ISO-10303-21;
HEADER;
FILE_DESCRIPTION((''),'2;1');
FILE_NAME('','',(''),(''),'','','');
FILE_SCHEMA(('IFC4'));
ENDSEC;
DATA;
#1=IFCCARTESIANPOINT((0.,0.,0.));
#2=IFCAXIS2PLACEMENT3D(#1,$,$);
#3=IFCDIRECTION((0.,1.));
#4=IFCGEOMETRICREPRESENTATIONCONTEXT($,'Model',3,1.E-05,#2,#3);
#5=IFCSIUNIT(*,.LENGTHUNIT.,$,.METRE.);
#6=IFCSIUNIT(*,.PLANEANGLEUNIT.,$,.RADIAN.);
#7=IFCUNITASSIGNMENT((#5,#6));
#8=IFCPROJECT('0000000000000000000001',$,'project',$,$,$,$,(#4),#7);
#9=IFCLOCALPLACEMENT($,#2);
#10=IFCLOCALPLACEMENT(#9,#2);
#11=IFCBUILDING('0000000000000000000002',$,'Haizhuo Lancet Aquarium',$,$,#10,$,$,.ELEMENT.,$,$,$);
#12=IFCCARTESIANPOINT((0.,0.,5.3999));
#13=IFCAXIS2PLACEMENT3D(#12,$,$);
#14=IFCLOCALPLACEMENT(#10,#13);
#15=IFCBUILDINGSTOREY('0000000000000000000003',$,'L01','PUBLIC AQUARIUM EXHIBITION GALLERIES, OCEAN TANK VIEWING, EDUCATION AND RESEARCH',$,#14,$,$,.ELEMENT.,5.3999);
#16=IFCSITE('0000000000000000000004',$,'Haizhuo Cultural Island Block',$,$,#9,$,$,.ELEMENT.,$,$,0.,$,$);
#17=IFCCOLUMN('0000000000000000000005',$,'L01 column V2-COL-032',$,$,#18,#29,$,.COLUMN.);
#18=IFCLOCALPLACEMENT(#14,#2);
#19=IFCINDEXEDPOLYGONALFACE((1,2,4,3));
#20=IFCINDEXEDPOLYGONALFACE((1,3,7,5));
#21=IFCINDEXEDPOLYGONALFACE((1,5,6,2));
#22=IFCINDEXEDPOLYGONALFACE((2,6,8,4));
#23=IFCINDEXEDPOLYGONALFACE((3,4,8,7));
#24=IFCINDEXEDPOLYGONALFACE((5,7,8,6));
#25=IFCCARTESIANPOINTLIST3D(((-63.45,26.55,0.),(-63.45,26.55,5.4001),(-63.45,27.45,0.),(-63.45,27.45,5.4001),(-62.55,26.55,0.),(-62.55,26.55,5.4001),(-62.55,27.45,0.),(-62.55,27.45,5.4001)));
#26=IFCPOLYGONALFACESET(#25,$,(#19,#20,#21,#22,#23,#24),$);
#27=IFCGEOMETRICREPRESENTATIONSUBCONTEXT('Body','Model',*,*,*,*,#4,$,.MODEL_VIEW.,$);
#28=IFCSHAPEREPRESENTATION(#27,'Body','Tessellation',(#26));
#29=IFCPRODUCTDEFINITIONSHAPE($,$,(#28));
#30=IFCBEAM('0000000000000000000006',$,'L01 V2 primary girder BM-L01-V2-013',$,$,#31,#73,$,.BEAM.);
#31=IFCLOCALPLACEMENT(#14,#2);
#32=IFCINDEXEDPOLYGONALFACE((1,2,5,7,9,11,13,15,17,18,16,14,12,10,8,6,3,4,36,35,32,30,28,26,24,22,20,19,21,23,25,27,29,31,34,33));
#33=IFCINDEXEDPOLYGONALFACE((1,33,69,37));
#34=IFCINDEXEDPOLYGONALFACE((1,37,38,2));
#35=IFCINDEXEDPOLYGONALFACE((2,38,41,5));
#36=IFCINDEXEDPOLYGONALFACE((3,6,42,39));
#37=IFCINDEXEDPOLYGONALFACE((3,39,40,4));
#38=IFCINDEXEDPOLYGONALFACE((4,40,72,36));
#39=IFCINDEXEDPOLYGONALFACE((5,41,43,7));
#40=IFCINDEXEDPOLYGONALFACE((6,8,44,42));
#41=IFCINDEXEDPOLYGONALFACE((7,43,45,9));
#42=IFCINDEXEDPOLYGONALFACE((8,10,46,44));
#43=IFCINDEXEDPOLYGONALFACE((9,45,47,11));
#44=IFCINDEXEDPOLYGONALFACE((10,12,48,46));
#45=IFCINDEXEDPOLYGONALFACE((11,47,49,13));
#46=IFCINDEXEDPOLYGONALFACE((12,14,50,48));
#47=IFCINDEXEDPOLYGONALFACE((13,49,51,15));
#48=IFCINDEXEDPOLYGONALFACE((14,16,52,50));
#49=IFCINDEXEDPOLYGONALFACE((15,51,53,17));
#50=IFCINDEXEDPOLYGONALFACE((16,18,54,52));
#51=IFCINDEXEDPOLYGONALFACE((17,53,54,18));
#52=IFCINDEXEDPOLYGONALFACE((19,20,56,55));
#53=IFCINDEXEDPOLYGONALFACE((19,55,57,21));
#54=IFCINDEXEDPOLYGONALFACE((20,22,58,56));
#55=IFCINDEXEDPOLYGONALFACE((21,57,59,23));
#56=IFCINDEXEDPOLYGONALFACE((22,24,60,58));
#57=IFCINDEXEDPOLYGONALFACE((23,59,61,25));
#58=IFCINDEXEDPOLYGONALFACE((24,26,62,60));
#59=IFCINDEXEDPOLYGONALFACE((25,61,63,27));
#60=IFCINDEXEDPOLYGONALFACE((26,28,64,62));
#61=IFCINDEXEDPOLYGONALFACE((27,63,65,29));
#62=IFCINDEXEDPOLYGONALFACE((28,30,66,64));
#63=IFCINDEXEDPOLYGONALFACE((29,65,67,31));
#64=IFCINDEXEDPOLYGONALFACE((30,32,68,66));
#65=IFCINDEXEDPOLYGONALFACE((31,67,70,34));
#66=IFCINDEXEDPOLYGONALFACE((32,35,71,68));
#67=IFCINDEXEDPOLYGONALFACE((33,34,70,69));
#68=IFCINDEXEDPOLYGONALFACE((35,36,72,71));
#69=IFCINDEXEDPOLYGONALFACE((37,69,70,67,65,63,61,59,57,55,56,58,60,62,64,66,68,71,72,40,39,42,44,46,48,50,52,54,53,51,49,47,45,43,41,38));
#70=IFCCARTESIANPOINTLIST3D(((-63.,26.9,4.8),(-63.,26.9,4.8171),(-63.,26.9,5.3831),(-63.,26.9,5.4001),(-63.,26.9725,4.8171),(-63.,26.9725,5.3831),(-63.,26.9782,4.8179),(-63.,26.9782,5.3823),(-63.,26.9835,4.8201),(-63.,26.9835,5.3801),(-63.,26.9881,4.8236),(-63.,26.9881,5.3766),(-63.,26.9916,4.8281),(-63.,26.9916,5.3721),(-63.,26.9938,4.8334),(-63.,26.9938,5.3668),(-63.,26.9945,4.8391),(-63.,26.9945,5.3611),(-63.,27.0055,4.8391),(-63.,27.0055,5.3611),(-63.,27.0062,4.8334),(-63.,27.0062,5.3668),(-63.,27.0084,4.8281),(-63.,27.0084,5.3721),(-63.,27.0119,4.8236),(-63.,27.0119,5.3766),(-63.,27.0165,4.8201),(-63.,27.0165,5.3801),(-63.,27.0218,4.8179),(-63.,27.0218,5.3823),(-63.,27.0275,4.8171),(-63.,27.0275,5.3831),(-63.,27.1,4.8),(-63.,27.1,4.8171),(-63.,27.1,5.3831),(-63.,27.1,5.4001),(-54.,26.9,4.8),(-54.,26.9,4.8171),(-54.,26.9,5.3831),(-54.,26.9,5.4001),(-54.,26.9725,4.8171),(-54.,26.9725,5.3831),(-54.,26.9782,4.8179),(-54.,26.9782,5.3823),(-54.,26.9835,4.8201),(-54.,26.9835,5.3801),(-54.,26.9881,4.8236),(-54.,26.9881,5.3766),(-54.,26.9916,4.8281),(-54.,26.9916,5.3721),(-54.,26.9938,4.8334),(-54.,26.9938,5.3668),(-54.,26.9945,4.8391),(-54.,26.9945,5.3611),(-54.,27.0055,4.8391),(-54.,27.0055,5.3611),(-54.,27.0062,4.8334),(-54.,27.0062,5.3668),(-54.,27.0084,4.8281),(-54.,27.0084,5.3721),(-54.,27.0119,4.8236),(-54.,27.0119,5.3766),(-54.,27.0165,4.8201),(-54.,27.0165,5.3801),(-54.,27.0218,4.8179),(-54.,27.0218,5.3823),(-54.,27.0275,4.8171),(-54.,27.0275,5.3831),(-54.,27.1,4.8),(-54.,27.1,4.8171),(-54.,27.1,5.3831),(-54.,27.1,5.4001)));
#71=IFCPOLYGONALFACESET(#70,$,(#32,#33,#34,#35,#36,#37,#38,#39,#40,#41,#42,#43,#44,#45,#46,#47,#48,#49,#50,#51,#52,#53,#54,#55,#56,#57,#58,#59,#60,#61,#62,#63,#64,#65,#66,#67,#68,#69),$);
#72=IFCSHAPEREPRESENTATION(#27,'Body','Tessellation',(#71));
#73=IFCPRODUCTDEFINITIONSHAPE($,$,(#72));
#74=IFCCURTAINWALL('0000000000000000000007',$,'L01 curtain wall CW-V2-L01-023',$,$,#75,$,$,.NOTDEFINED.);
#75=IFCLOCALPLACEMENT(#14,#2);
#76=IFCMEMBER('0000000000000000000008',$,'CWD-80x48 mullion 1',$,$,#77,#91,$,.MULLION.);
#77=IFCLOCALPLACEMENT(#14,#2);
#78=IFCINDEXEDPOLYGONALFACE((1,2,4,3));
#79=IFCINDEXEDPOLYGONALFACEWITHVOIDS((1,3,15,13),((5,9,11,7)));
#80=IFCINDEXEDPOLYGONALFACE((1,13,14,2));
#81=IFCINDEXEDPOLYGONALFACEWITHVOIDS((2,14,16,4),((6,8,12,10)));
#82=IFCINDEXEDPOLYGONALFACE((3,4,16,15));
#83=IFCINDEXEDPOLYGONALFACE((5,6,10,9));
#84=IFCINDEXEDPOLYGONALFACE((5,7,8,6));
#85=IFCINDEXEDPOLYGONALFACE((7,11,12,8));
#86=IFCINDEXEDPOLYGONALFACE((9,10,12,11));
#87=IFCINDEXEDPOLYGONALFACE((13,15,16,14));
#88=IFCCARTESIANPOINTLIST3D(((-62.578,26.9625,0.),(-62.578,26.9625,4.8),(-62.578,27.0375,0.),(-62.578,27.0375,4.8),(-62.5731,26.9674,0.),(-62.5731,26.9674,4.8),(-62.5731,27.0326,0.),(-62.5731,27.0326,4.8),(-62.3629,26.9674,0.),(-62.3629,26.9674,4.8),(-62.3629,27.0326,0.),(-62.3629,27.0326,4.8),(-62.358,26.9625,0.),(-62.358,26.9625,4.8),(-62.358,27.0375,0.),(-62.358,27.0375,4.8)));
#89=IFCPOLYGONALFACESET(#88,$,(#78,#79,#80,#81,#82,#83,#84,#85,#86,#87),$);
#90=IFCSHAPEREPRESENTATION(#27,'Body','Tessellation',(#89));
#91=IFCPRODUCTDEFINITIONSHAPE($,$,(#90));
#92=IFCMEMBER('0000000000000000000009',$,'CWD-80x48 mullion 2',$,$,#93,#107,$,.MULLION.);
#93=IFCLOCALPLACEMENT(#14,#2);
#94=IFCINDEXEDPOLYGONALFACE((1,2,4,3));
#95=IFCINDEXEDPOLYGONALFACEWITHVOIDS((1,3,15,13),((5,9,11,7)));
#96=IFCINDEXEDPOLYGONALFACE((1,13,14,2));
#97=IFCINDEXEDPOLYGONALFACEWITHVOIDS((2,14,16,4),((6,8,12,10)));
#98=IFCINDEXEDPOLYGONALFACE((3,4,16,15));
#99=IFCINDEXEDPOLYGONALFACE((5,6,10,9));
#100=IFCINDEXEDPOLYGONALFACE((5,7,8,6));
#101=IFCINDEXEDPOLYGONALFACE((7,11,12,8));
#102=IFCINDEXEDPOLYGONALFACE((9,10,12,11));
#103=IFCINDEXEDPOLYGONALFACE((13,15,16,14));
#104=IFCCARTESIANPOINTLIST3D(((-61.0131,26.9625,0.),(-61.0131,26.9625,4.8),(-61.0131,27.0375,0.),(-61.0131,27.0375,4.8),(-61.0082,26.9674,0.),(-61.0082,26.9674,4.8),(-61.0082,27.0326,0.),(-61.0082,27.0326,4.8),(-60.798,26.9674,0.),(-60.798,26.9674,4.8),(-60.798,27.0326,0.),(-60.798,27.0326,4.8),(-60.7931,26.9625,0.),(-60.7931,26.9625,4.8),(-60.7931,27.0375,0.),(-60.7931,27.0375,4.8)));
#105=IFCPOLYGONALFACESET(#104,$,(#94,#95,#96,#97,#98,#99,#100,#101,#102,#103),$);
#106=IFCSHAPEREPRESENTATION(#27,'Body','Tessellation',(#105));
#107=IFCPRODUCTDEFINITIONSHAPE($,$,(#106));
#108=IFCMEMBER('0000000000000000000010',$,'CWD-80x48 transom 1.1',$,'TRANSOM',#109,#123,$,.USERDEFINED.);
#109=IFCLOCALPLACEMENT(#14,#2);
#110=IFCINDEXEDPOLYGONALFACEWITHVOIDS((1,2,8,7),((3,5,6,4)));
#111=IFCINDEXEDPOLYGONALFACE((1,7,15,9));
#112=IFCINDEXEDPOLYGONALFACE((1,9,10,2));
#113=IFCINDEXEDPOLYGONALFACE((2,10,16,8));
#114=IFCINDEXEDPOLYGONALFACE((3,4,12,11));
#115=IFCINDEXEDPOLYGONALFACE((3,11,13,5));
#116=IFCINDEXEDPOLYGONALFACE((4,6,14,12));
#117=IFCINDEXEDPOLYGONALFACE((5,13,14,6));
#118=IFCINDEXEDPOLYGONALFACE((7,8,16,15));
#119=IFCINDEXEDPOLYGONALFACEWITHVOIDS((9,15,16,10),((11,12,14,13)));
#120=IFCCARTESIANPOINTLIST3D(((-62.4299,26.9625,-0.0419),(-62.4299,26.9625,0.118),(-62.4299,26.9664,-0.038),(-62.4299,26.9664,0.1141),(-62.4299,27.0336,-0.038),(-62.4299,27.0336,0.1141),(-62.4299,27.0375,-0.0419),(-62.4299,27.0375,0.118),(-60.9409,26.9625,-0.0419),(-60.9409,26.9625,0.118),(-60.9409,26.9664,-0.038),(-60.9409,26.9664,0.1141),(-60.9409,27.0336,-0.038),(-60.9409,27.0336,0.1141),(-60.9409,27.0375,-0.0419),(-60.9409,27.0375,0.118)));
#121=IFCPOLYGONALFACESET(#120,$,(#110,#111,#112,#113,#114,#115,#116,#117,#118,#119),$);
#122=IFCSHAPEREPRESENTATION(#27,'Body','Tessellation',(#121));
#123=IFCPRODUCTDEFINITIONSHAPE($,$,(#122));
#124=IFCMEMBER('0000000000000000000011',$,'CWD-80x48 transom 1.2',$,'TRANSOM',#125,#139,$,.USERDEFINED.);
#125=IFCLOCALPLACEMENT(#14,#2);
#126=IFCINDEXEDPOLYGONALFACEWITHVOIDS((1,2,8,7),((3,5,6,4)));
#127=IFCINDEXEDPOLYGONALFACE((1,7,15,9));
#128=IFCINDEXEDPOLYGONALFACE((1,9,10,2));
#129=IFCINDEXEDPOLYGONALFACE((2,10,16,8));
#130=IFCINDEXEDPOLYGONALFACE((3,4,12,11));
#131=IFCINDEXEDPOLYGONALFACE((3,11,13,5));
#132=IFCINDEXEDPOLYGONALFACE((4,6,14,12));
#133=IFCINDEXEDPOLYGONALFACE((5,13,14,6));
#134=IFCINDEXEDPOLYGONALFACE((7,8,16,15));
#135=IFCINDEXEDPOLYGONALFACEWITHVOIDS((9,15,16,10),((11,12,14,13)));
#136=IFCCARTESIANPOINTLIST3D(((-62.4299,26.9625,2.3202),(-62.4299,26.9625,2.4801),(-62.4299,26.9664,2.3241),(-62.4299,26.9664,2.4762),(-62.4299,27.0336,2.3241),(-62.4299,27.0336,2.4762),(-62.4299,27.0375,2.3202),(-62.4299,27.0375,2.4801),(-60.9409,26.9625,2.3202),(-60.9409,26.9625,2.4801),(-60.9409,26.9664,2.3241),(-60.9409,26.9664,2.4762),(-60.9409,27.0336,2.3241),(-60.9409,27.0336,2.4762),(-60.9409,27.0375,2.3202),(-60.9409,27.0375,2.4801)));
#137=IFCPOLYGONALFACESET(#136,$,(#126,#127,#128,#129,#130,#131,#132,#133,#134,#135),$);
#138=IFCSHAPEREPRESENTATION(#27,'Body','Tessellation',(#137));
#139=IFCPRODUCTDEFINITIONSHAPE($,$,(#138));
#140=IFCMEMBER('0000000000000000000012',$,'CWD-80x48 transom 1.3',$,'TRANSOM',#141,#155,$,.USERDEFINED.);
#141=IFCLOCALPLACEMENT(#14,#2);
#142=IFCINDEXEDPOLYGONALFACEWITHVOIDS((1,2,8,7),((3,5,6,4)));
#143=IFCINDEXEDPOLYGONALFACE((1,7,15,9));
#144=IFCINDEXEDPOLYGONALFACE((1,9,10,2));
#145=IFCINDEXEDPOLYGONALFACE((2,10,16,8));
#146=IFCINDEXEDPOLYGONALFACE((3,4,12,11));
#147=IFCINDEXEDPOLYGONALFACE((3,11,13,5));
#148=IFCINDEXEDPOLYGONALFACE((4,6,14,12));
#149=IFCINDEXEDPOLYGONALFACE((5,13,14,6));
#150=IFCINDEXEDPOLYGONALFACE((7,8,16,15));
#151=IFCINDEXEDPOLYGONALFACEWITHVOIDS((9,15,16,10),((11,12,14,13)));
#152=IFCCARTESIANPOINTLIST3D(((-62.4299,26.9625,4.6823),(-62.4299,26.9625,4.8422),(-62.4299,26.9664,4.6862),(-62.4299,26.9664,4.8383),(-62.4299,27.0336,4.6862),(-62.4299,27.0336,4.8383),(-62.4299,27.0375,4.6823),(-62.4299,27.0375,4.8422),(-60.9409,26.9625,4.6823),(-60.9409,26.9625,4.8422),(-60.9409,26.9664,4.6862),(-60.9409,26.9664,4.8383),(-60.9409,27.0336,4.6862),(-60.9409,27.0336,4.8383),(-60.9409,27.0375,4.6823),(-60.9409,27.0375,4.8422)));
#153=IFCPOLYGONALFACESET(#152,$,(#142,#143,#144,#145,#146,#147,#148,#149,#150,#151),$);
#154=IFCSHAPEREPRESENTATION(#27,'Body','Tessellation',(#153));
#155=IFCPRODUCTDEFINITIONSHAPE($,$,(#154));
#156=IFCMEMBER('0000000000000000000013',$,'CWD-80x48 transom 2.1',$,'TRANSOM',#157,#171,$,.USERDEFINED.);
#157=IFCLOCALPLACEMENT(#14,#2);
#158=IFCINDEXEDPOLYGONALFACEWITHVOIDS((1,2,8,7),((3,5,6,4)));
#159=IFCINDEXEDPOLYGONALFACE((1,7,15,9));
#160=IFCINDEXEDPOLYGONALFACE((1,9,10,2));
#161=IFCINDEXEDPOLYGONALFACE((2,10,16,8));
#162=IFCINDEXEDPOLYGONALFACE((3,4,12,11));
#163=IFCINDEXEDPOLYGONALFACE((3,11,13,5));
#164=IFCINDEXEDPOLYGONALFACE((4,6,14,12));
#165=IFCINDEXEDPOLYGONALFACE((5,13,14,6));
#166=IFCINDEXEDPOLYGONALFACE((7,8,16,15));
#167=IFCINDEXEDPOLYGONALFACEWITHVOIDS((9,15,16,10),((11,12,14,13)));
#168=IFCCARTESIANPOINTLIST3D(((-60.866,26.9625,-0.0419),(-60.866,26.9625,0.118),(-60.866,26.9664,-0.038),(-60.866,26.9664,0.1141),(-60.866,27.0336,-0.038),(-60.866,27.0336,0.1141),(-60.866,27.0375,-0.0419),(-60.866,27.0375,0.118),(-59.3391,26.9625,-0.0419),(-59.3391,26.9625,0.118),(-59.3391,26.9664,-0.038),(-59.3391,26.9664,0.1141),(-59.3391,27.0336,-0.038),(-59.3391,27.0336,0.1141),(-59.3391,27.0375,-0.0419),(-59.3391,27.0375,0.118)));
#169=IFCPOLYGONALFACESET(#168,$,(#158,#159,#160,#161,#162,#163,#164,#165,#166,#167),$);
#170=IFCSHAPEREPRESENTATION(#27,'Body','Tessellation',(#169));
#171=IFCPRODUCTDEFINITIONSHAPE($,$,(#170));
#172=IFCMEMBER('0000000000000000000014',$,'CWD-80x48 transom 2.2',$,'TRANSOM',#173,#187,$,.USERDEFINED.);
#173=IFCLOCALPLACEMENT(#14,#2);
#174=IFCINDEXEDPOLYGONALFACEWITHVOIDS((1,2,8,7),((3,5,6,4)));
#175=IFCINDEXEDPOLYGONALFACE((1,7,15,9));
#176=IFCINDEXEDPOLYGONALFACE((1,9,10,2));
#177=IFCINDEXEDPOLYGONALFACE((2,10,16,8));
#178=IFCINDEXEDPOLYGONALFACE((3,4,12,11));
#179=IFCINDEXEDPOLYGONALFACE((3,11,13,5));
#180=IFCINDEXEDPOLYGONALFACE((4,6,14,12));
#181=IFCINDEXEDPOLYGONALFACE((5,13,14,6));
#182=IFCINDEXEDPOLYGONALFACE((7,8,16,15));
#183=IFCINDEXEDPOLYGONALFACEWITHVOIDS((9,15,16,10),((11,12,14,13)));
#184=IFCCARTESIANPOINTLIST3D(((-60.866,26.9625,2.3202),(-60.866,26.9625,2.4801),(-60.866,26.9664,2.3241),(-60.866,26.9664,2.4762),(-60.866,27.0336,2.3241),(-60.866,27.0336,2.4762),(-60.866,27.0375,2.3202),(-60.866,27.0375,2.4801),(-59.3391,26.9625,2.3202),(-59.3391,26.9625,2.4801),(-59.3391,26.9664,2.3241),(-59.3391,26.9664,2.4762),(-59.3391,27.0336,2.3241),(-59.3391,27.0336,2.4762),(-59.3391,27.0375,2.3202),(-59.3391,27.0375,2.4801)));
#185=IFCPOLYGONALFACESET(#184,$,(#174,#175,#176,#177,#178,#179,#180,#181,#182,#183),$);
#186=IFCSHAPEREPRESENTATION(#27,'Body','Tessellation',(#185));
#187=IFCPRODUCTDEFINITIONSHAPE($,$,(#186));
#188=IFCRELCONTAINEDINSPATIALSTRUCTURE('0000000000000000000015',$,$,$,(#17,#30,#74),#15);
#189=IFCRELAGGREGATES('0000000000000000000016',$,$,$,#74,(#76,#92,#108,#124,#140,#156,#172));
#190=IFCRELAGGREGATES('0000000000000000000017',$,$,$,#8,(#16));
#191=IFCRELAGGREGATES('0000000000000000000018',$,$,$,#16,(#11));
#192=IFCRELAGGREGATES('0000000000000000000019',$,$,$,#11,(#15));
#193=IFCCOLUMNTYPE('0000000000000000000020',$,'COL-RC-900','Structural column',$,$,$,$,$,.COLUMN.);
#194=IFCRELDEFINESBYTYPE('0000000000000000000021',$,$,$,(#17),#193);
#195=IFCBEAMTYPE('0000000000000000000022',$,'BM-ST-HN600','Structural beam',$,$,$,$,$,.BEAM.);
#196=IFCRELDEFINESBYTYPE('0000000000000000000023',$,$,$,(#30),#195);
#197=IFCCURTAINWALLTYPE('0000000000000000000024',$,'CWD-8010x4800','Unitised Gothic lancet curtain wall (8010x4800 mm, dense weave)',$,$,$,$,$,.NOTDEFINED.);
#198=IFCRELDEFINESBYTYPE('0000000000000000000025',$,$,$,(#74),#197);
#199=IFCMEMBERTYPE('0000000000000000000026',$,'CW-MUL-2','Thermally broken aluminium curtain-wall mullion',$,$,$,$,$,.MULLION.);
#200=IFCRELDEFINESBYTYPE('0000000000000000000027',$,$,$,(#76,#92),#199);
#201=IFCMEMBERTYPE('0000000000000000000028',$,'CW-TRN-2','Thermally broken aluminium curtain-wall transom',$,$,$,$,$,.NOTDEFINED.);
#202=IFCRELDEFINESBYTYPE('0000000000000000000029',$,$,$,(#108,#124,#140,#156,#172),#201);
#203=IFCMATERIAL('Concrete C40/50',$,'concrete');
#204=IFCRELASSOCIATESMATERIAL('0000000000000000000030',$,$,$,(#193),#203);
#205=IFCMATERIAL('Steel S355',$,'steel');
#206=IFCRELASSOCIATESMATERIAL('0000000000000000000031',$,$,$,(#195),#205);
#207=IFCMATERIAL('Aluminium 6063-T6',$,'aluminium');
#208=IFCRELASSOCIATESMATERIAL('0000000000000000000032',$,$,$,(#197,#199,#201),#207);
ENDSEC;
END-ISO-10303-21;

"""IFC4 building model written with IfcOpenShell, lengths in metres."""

from ifc_helpers import new_model, si_unit, direction, frame, origin, origin_2d, place, context, subcontext, project, spatial, rectangle, hollow_rectangle, i_section, extrude, material, material_profile, profile_set, type_object, element, aggregate, save


model = new_model("IFC4")

# Units and contexts
model_context = context("Model", 3, precision=1e-05, world=origin(), true_north=direction((0.0, 1.0)))
body_context = subcontext(model_context, "Body", "Model", "MODEL_VIEW")
ifc_project = project(units=[si_unit("LENGTHUNIT", "METRE"), si_unit("PLANEANGLEUNIT", "RADIAN")], contexts=[model_context])

# Site, building, storey
site_placement = place(None, origin())
site = spatial("IfcSite", under=ifc_project, at=site_placement, Name="Haizhuo Cultural Island Block", CompositionType="ELEMENT", RefElevation=0.0)
building_placement = place(site_placement, origin())
building = spatial("IfcBuilding", under=site, at=building_placement, Name="Haizhuo Lancet Aquarium", CompositionType="ELEMENT")
storey_placement = place(building_placement, frame((0.0, 0.0, 5.3999)))
storey = spatial("IfcBuildingStorey", under=building, at=storey_placement, Name="L01", Description="PUBLIC AQUARIUM EXHIBITION GALLERIES, OCEAN TANK VIEWING, EDUCATION AND RESEARCH", CompositionType="ELEMENT", Elevation=5.3999)

# Column
ifc_material_1 = material(Name="Concrete C40/50", Category="concrete")
ifc_material_profile_1 = material_profile(ifc_material_1, rectangle(XDim=0.8999, YDim=0.8999, at=origin_2d()), Name="RC-COL 900x900")
ifc_profile_set_1 = profile_set([ifc_material_profile_1], Name="Concrete C40/50")
column_type = type_object("IfcColumnType", Name="COL-RC-900", Description="Structural column", PredefinedType="COLUMN", material=ifc_profile_set_1)
column_placement = place(storey_placement, frame((-63.0, 27.0, 0.0), z_axis=(0.0, 0.0, 1.0), x_axis=(1.0, 0.0, 0.0)))
element("IfcColumn", 1, at=column_placement, inside=storey, type_object=column_type, Name="L01 column V2-COL-032", PredefinedType="COLUMN", context=body_context, shape_type="SweptSolid", body=[
    extrude(rectangle(XDim=0.8999, YDim=0.8999, at=origin_2d()), origin(), (0.0, 0.0, 1.0), 5.4001),
])

# Beam
ifc_material_2 = material(Name="Steel S355", Category="steel")
ifc_material_profile_2 = material_profile(ifc_material_2, i_section(OverallWidth=0.2, OverallDepth=0.6001, WebThickness=0.011, FlangeThickness=0.0171, FilletRadius=0.022, at=origin_2d()), Name="HN 600x200x11x17")
ifc_profile_set_2 = profile_set([ifc_material_profile_2], Name="Steel S355")
beam_type = type_object("IfcBeamType", Name="BM-ST-HN600", Description="Structural beam", PredefinedType="BEAM", material=ifc_profile_set_2)
beam_placement = place(storey_placement, frame((-63.0, 27.0, 5.1001), z_axis=(1.0, 0.0, 0.0), x_axis=(0.0, 1.0, 0.0)))
element("IfcBeam", 2, at=beam_placement, inside=storey, type_object=beam_type, Name="L01 V2 primary girder BM-L01-V2-013", PredefinedType="BEAM", context=body_context, shape_type="SweptSolid", body=[
    extrude(i_section(OverallWidth=0.2, OverallDepth=0.6001, WebThickness=0.011, FlangeThickness=0.0171, FilletRadius=0.022, at=origin_2d()), origin(), (0.0, 0.0, 1.0), 9.0),
])

# Curtain wall, members
ifc_material_3 = material(Name="Aluminium 6063-T6", Category="aluminium")
curtain_wall_type = type_object("IfcCurtainWallType", Name="CWD-8010x4800", Description="Unitised Gothic lancet curtain wall (8010x4800 mm, dense weave)", PredefinedType="NOTDEFINED", material=ifc_material_3)
curtain_wall_placement = place(storey_placement, origin())
curtain_wall = element("IfcCurtainWall", 3, at=curtain_wall_placement, inside=storey, type_object=curtain_wall_type, Name="L01 curtain wall CW-V2-L01-023", PredefinedType="NOTDEFINED")
ifc_material_profile_3 = material_profile(ifc_material_3, hollow_rectangle(XDim=0.075, YDim=0.22, WallThickness=0.0049, at=origin_2d()), Name="ALU-M 75x220x5")
ifc_profile_set_3 = profile_set([ifc_material_profile_3], Name="Aluminium 6063-T6")
member_type_1 = type_object("IfcMemberType", Name="CW-MUL-2", Description="Thermally broken aluminium curtain-wall mullion", PredefinedType="MULLION", material=ifc_profile_set_3)
member_1_placement = place(storey_placement, frame((-62.468, 27.0, 0.0), z_axis=(0.0, 0.0, 1.0), x_axis=(0.0, 1.0, 0.0)))
member_1 = element("IfcMember", 4, at=member_1_placement, type_object=member_type_1, Name="CWD-80x48 mullion 1", PredefinedType="MULLION", context=body_context, shape_type="SweptSolid", body=[
    extrude(hollow_rectangle(XDim=0.075, YDim=0.22, WallThickness=0.0049, at=origin_2d()), origin(), (0.0, 0.0, 1.0), 4.8),
])
member_2_placement = place(storey_placement, frame((-60.9031, 27.0, 0.0), z_axis=(0.0, 0.0, 1.0), x_axis=(0.0, 1.0, 0.0)))
member_2 = element("IfcMember", 5, at=member_2_placement, type_object=member_type_1, Name="CWD-80x48 mullion 2", PredefinedType="MULLION", context=body_context, shape_type="SweptSolid", body=[
    extrude(hollow_rectangle(XDim=0.075, YDim=0.22, WallThickness=0.0049, at=origin_2d()), origin(), (0.0, 0.0, 1.0), 4.8),
])
ifc_material_profile_4 = material_profile(ifc_material_3, hollow_rectangle(XDim=0.075, YDim=0.1599, WallThickness=0.0039, at=origin_2d()), Name="ALU-T 75x160x4")
ifc_profile_set_4 = profile_set([ifc_material_profile_4], Name="Aluminium 6063-T6")
member_type_2 = type_object("IfcMemberType", Name="CW-TRN-2", Description="Thermally broken aluminium curtain-wall transom", PredefinedType="NOTDEFINED", material=ifc_profile_set_4)
member_3_placement = place(storey_placement, frame((-62.4299, 27.0, 0.0381), z_axis=(1.0, 0.0, 0.0), x_axis=(0.0, 1.0, 0.0)))
member_3 = element("IfcMember", 6, at=member_3_placement, type_object=member_type_2, Name="CWD-80x48 transom 1.1", ObjectType="TRANSOM", PredefinedType="USERDEFINED", context=body_context, shape_type="SweptSolid", body=[
    extrude(hollow_rectangle(XDim=0.075, YDim=0.1599, WallThickness=0.0039, at=origin_2d()), origin(), (0.0, 0.0, 1.0), 1.489),
])
member_4_placement = place(storey_placement, frame((-62.4299, 27.0, 2.4001), z_axis=(1.0, 0.0, 0.0), x_axis=(0.0, 1.0, 0.0)))
member_4 = element("IfcMember", 7, at=member_4_placement, type_object=member_type_2, Name="CWD-80x48 transom 1.2", ObjectType="TRANSOM", PredefinedType="USERDEFINED", context=body_context, shape_type="SweptSolid", body=[
    extrude(hollow_rectangle(XDim=0.075, YDim=0.1599, WallThickness=0.0039, at=origin_2d()), origin(), (0.0, 0.0, 1.0), 1.489),
])
member_5_placement = place(storey_placement, frame((-62.4299, 27.0, 4.7622), z_axis=(1.0, 0.0, 0.0), x_axis=(0.0, 1.0, 0.0)))
member_5 = element("IfcMember", 8, at=member_5_placement, type_object=member_type_2, Name="CWD-80x48 transom 1.3", ObjectType="TRANSOM", PredefinedType="USERDEFINED", context=body_context, shape_type="SweptSolid", body=[
    extrude(hollow_rectangle(XDim=0.075, YDim=0.1599, WallThickness=0.0039, at=origin_2d()), origin(), (0.0, 0.0, 1.0), 1.489),
])
member_6_placement = place(storey_placement, frame((-60.866, 27.0, 0.0381), z_axis=(1.0, 0.0, 0.0), x_axis=(0.0, 1.0, 0.0)))
member_6 = element("IfcMember", 9, at=member_6_placement, type_object=member_type_2, Name="CWD-80x48 transom 2.1", ObjectType="TRANSOM", PredefinedType="USERDEFINED", context=body_context, shape_type="SweptSolid", body=[
    extrude(hollow_rectangle(XDim=0.075, YDim=0.1599, WallThickness=0.0039, at=origin_2d()), origin(), (0.0, 0.0, 1.0), 1.5269),
])
member_7_placement = place(storey_placement, frame((-60.866, 27.0, 2.4001), z_axis=(1.0, 0.0, 0.0), x_axis=(0.0, 1.0, 0.0)))
member_7 = element("IfcMember", 10, at=member_7_placement, type_object=member_type_2, Name="CWD-80x48 transom 2.2", ObjectType="TRANSOM", PredefinedType="USERDEFINED", context=body_context, shape_type="SweptSolid", body=[
    extrude(hollow_rectangle(XDim=0.075, YDim=0.1599, WallThickness=0.0039, at=origin_2d()), origin(), (0.0, 0.0, 1.0), 1.5269),
])

aggregate(curtain_wall, [member_1, member_2, member_3, member_4, member_5, member_6, member_7])

save(model, "model.ifc")
